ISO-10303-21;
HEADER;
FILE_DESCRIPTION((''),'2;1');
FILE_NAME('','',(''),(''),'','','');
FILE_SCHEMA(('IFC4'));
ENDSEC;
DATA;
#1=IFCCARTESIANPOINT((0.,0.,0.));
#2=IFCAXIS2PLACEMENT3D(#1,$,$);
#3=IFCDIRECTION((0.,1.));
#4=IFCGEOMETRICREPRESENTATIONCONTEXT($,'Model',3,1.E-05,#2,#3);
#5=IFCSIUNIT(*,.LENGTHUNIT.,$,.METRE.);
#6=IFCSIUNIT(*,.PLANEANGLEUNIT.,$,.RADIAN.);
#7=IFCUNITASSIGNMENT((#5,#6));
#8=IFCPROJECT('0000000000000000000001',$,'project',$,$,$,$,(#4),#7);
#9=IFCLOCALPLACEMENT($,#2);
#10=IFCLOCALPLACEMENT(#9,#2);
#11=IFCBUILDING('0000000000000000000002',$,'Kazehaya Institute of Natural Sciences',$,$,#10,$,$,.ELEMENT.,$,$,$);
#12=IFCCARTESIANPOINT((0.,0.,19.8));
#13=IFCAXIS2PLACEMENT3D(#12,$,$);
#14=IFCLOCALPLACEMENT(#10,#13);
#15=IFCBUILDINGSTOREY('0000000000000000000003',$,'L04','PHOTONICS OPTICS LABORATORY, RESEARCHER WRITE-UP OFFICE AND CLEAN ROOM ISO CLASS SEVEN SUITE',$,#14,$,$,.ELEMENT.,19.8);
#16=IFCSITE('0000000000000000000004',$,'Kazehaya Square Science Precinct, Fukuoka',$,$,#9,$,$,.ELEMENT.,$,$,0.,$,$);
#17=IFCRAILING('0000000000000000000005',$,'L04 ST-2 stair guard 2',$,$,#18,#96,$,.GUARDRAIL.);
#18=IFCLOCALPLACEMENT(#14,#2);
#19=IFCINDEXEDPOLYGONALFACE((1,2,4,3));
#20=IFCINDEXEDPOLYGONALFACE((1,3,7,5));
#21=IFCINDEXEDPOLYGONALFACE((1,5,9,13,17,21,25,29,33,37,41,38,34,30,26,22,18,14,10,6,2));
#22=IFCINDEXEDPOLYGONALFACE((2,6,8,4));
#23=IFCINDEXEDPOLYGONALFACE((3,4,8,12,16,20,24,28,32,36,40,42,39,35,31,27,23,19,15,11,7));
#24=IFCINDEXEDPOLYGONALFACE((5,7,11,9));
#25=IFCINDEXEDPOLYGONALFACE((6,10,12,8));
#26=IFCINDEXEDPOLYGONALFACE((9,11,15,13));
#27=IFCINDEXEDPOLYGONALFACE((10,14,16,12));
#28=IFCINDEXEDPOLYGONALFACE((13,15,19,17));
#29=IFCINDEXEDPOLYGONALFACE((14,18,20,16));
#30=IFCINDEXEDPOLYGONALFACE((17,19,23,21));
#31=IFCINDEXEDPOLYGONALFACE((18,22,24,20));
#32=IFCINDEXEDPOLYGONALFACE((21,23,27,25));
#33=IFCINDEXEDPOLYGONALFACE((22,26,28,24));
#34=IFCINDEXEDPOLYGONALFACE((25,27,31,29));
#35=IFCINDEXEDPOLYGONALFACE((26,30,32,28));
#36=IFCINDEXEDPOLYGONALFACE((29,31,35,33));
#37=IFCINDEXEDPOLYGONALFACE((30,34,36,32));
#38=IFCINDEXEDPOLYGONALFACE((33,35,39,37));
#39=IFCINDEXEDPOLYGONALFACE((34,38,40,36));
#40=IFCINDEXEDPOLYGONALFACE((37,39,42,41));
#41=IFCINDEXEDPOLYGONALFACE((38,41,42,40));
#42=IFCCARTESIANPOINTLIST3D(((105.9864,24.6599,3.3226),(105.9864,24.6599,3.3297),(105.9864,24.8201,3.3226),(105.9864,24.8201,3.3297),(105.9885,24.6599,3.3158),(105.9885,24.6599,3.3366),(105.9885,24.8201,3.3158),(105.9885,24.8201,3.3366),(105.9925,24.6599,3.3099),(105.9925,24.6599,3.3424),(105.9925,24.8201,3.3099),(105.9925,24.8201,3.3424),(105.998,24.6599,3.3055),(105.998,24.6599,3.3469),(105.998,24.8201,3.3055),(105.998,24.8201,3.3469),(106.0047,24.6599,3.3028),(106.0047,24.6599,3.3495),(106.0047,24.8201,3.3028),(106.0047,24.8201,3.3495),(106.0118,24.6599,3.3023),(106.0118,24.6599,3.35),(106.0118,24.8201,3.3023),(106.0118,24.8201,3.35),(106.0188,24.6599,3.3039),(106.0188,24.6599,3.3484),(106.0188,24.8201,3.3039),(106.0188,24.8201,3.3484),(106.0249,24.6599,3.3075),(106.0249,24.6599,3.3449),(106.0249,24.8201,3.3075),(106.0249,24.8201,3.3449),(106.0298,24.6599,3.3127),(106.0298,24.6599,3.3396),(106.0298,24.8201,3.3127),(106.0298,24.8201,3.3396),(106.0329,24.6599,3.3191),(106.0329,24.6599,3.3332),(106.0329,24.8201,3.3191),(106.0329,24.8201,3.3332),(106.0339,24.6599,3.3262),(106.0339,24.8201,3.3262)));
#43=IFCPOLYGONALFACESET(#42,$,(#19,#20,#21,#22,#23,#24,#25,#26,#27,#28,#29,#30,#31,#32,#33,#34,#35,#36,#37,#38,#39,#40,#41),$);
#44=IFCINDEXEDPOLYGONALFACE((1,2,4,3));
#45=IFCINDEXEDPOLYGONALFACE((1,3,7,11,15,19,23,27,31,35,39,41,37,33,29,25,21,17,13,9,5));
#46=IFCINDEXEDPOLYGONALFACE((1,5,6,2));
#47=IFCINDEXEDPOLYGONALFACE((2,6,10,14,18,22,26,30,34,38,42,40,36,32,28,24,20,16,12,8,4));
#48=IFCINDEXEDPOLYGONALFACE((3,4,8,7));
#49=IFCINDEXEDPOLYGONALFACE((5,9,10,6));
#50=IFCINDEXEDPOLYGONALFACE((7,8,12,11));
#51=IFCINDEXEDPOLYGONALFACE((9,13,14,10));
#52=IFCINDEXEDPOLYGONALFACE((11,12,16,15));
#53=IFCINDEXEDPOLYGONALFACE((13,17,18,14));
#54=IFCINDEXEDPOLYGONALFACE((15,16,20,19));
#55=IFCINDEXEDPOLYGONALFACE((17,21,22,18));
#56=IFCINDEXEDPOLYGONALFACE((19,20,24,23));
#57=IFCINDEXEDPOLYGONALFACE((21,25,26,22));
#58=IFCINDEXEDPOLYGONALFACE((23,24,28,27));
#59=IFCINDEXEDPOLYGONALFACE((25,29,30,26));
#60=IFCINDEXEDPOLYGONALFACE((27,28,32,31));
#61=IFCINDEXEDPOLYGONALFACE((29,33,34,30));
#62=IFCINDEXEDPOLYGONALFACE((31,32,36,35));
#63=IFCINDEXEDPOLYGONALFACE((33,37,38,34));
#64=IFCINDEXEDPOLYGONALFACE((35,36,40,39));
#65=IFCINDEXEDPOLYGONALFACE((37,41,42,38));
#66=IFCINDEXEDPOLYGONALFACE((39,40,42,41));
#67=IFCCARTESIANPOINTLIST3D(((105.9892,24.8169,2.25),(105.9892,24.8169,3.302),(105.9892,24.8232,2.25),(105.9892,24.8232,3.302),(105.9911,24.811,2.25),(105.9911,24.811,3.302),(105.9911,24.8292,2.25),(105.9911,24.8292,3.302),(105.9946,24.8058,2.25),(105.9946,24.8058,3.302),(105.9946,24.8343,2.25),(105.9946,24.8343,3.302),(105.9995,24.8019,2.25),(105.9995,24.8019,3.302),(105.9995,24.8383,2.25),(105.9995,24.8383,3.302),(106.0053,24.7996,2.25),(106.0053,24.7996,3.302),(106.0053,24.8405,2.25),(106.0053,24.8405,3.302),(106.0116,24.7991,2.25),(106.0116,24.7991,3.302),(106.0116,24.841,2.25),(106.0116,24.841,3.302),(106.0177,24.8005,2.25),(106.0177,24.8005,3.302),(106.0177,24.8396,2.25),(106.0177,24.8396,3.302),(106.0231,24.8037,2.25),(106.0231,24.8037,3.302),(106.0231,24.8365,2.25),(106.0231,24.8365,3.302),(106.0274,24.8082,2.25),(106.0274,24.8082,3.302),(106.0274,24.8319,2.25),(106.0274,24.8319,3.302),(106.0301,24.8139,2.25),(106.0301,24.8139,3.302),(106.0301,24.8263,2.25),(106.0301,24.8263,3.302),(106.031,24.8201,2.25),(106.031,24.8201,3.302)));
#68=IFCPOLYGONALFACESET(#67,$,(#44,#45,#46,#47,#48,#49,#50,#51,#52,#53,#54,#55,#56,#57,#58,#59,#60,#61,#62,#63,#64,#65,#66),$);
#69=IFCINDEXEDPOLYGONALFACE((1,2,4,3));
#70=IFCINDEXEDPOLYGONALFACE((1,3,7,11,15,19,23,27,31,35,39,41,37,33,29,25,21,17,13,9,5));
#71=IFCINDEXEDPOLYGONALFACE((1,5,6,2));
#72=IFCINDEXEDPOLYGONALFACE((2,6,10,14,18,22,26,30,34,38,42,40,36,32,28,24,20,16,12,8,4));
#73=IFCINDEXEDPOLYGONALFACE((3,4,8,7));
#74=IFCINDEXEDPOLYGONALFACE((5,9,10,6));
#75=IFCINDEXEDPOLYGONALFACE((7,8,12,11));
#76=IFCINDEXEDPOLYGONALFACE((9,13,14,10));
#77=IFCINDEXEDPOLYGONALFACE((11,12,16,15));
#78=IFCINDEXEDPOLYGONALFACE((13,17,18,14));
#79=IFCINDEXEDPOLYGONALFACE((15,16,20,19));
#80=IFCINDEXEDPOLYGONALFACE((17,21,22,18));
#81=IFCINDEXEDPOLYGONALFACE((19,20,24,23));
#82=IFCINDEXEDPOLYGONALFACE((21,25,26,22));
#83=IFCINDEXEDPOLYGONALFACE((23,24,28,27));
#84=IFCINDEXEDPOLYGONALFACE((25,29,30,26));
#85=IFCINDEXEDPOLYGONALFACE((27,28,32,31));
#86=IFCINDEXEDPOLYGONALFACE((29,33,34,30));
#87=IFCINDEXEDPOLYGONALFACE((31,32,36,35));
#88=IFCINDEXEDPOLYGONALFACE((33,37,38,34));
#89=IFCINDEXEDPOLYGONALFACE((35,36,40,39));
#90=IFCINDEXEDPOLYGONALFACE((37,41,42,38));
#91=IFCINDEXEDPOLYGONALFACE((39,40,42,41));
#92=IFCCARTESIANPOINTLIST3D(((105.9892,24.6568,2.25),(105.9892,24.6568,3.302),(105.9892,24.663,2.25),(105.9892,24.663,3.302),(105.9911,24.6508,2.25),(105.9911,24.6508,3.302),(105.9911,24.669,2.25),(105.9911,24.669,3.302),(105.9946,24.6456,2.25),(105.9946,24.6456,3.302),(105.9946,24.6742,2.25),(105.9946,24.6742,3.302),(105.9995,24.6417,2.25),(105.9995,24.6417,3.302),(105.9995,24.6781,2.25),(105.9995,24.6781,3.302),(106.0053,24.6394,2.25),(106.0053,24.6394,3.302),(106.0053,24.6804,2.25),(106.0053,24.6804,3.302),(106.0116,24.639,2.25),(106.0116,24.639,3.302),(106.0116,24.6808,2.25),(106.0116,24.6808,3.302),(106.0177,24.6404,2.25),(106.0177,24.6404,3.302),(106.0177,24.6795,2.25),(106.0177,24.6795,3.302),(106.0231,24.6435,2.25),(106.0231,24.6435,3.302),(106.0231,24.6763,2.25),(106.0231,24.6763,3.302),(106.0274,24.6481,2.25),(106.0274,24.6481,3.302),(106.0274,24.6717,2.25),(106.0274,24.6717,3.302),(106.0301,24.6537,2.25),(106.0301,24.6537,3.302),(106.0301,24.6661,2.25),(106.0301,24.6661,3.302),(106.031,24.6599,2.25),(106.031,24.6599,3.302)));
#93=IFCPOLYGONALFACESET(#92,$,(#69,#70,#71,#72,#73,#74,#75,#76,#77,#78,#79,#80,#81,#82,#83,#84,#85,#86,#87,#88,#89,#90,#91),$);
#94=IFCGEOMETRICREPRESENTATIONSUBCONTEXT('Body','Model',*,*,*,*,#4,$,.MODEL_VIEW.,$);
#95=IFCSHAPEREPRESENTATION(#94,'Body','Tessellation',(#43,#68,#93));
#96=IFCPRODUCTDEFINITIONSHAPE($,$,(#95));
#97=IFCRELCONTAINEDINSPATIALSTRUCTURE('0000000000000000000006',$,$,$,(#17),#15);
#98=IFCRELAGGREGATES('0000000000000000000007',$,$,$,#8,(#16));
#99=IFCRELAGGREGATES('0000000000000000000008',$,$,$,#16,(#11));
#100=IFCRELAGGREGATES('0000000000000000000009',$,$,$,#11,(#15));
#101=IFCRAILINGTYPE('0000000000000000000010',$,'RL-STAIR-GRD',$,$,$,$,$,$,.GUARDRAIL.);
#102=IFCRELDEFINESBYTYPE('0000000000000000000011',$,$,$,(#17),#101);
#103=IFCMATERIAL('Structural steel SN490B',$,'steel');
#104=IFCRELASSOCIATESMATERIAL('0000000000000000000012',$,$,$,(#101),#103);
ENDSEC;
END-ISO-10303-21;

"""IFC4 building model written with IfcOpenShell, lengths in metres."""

from ifc_helpers import new_model, si_unit, direction, frame, origin, origin_2d, place, context, subcontext, project, spatial, circle, extrude, material, type_object, element, save


model = new_model("IFC4")

# Units and contexts
model_context = context("Model", 3, precision=1e-05, world=origin(), true_north=direction((0.0, 1.0)))
body_context = subcontext(model_context, "Body", "Model", "MODEL_VIEW")
ifc_project = project(units=[si_unit("LENGTHUNIT", "METRE"), si_unit("PLANEANGLEUNIT", "RADIAN")], contexts=[model_context])

# Site, building, storey
site_placement = place(None, origin())
site = spatial("IfcSite", under=ifc_project, at=site_placement, Name="Kazehaya Square Science Precinct, Fukuoka", CompositionType="ELEMENT", RefElevation=0.0)
building_placement = place(site_placement, origin())
building = spatial("IfcBuilding", under=site, at=building_placement, Name="Kazehaya Institute of Natural Sciences", CompositionType="ELEMENT")
storey_placement = place(building_placement, frame((0.0, 0.0, 19.8)))
storey = spatial("IfcBuildingStorey", under=building, at=storey_placement, Name="L04", Description="PHOTONICS OPTICS LABORATORY, RESEARCHER WRITE-UP OFFICE AND CLEAN ROOM ISO CLASS SEVEN SUITE", CompositionType="ELEMENT", Elevation=19.8)

# Railing
ifc_material_1 = material(Name="Structural steel SN490B", Category="steel")
railing_type_1 = type_object("IfcRailingType", Name="RL-STAIR-GRD", PredefinedType="GUARDRAIL", material=ifc_material_1)
railing_1_placement = place(storey_placement, frame((106.01, 24.8201, 2.25)))
element("IfcRailing", 1, at=railing_1_placement, inside=storey, type_object=railing_type_1, Name="L04 ST-2 stair guard 2", PredefinedType="GUARDRAIL", context=body_context, shape_type="SweptSolid", body=[
    extrude(circle(Radius=0.0239, at=origin_2d()), frame((0.0, 0.0, 1.0762), z_axis=(0.0, -1.0, 0.0), x_axis=(1.0, 0.0, 0.0)), (0.0, 0.0, 1.0), 0.1602),
    extrude(circle(Radius=0.021, at=origin_2d()), origin(), (0.0, 0.0, 1.0), 1.052),
    extrude(circle(Radius=0.021, at=origin_2d()), frame((0.0, -0.1602, 0.0)), (0.0, 0.0, 1.0), 1.052),
])

save(model, "model.ifc")
